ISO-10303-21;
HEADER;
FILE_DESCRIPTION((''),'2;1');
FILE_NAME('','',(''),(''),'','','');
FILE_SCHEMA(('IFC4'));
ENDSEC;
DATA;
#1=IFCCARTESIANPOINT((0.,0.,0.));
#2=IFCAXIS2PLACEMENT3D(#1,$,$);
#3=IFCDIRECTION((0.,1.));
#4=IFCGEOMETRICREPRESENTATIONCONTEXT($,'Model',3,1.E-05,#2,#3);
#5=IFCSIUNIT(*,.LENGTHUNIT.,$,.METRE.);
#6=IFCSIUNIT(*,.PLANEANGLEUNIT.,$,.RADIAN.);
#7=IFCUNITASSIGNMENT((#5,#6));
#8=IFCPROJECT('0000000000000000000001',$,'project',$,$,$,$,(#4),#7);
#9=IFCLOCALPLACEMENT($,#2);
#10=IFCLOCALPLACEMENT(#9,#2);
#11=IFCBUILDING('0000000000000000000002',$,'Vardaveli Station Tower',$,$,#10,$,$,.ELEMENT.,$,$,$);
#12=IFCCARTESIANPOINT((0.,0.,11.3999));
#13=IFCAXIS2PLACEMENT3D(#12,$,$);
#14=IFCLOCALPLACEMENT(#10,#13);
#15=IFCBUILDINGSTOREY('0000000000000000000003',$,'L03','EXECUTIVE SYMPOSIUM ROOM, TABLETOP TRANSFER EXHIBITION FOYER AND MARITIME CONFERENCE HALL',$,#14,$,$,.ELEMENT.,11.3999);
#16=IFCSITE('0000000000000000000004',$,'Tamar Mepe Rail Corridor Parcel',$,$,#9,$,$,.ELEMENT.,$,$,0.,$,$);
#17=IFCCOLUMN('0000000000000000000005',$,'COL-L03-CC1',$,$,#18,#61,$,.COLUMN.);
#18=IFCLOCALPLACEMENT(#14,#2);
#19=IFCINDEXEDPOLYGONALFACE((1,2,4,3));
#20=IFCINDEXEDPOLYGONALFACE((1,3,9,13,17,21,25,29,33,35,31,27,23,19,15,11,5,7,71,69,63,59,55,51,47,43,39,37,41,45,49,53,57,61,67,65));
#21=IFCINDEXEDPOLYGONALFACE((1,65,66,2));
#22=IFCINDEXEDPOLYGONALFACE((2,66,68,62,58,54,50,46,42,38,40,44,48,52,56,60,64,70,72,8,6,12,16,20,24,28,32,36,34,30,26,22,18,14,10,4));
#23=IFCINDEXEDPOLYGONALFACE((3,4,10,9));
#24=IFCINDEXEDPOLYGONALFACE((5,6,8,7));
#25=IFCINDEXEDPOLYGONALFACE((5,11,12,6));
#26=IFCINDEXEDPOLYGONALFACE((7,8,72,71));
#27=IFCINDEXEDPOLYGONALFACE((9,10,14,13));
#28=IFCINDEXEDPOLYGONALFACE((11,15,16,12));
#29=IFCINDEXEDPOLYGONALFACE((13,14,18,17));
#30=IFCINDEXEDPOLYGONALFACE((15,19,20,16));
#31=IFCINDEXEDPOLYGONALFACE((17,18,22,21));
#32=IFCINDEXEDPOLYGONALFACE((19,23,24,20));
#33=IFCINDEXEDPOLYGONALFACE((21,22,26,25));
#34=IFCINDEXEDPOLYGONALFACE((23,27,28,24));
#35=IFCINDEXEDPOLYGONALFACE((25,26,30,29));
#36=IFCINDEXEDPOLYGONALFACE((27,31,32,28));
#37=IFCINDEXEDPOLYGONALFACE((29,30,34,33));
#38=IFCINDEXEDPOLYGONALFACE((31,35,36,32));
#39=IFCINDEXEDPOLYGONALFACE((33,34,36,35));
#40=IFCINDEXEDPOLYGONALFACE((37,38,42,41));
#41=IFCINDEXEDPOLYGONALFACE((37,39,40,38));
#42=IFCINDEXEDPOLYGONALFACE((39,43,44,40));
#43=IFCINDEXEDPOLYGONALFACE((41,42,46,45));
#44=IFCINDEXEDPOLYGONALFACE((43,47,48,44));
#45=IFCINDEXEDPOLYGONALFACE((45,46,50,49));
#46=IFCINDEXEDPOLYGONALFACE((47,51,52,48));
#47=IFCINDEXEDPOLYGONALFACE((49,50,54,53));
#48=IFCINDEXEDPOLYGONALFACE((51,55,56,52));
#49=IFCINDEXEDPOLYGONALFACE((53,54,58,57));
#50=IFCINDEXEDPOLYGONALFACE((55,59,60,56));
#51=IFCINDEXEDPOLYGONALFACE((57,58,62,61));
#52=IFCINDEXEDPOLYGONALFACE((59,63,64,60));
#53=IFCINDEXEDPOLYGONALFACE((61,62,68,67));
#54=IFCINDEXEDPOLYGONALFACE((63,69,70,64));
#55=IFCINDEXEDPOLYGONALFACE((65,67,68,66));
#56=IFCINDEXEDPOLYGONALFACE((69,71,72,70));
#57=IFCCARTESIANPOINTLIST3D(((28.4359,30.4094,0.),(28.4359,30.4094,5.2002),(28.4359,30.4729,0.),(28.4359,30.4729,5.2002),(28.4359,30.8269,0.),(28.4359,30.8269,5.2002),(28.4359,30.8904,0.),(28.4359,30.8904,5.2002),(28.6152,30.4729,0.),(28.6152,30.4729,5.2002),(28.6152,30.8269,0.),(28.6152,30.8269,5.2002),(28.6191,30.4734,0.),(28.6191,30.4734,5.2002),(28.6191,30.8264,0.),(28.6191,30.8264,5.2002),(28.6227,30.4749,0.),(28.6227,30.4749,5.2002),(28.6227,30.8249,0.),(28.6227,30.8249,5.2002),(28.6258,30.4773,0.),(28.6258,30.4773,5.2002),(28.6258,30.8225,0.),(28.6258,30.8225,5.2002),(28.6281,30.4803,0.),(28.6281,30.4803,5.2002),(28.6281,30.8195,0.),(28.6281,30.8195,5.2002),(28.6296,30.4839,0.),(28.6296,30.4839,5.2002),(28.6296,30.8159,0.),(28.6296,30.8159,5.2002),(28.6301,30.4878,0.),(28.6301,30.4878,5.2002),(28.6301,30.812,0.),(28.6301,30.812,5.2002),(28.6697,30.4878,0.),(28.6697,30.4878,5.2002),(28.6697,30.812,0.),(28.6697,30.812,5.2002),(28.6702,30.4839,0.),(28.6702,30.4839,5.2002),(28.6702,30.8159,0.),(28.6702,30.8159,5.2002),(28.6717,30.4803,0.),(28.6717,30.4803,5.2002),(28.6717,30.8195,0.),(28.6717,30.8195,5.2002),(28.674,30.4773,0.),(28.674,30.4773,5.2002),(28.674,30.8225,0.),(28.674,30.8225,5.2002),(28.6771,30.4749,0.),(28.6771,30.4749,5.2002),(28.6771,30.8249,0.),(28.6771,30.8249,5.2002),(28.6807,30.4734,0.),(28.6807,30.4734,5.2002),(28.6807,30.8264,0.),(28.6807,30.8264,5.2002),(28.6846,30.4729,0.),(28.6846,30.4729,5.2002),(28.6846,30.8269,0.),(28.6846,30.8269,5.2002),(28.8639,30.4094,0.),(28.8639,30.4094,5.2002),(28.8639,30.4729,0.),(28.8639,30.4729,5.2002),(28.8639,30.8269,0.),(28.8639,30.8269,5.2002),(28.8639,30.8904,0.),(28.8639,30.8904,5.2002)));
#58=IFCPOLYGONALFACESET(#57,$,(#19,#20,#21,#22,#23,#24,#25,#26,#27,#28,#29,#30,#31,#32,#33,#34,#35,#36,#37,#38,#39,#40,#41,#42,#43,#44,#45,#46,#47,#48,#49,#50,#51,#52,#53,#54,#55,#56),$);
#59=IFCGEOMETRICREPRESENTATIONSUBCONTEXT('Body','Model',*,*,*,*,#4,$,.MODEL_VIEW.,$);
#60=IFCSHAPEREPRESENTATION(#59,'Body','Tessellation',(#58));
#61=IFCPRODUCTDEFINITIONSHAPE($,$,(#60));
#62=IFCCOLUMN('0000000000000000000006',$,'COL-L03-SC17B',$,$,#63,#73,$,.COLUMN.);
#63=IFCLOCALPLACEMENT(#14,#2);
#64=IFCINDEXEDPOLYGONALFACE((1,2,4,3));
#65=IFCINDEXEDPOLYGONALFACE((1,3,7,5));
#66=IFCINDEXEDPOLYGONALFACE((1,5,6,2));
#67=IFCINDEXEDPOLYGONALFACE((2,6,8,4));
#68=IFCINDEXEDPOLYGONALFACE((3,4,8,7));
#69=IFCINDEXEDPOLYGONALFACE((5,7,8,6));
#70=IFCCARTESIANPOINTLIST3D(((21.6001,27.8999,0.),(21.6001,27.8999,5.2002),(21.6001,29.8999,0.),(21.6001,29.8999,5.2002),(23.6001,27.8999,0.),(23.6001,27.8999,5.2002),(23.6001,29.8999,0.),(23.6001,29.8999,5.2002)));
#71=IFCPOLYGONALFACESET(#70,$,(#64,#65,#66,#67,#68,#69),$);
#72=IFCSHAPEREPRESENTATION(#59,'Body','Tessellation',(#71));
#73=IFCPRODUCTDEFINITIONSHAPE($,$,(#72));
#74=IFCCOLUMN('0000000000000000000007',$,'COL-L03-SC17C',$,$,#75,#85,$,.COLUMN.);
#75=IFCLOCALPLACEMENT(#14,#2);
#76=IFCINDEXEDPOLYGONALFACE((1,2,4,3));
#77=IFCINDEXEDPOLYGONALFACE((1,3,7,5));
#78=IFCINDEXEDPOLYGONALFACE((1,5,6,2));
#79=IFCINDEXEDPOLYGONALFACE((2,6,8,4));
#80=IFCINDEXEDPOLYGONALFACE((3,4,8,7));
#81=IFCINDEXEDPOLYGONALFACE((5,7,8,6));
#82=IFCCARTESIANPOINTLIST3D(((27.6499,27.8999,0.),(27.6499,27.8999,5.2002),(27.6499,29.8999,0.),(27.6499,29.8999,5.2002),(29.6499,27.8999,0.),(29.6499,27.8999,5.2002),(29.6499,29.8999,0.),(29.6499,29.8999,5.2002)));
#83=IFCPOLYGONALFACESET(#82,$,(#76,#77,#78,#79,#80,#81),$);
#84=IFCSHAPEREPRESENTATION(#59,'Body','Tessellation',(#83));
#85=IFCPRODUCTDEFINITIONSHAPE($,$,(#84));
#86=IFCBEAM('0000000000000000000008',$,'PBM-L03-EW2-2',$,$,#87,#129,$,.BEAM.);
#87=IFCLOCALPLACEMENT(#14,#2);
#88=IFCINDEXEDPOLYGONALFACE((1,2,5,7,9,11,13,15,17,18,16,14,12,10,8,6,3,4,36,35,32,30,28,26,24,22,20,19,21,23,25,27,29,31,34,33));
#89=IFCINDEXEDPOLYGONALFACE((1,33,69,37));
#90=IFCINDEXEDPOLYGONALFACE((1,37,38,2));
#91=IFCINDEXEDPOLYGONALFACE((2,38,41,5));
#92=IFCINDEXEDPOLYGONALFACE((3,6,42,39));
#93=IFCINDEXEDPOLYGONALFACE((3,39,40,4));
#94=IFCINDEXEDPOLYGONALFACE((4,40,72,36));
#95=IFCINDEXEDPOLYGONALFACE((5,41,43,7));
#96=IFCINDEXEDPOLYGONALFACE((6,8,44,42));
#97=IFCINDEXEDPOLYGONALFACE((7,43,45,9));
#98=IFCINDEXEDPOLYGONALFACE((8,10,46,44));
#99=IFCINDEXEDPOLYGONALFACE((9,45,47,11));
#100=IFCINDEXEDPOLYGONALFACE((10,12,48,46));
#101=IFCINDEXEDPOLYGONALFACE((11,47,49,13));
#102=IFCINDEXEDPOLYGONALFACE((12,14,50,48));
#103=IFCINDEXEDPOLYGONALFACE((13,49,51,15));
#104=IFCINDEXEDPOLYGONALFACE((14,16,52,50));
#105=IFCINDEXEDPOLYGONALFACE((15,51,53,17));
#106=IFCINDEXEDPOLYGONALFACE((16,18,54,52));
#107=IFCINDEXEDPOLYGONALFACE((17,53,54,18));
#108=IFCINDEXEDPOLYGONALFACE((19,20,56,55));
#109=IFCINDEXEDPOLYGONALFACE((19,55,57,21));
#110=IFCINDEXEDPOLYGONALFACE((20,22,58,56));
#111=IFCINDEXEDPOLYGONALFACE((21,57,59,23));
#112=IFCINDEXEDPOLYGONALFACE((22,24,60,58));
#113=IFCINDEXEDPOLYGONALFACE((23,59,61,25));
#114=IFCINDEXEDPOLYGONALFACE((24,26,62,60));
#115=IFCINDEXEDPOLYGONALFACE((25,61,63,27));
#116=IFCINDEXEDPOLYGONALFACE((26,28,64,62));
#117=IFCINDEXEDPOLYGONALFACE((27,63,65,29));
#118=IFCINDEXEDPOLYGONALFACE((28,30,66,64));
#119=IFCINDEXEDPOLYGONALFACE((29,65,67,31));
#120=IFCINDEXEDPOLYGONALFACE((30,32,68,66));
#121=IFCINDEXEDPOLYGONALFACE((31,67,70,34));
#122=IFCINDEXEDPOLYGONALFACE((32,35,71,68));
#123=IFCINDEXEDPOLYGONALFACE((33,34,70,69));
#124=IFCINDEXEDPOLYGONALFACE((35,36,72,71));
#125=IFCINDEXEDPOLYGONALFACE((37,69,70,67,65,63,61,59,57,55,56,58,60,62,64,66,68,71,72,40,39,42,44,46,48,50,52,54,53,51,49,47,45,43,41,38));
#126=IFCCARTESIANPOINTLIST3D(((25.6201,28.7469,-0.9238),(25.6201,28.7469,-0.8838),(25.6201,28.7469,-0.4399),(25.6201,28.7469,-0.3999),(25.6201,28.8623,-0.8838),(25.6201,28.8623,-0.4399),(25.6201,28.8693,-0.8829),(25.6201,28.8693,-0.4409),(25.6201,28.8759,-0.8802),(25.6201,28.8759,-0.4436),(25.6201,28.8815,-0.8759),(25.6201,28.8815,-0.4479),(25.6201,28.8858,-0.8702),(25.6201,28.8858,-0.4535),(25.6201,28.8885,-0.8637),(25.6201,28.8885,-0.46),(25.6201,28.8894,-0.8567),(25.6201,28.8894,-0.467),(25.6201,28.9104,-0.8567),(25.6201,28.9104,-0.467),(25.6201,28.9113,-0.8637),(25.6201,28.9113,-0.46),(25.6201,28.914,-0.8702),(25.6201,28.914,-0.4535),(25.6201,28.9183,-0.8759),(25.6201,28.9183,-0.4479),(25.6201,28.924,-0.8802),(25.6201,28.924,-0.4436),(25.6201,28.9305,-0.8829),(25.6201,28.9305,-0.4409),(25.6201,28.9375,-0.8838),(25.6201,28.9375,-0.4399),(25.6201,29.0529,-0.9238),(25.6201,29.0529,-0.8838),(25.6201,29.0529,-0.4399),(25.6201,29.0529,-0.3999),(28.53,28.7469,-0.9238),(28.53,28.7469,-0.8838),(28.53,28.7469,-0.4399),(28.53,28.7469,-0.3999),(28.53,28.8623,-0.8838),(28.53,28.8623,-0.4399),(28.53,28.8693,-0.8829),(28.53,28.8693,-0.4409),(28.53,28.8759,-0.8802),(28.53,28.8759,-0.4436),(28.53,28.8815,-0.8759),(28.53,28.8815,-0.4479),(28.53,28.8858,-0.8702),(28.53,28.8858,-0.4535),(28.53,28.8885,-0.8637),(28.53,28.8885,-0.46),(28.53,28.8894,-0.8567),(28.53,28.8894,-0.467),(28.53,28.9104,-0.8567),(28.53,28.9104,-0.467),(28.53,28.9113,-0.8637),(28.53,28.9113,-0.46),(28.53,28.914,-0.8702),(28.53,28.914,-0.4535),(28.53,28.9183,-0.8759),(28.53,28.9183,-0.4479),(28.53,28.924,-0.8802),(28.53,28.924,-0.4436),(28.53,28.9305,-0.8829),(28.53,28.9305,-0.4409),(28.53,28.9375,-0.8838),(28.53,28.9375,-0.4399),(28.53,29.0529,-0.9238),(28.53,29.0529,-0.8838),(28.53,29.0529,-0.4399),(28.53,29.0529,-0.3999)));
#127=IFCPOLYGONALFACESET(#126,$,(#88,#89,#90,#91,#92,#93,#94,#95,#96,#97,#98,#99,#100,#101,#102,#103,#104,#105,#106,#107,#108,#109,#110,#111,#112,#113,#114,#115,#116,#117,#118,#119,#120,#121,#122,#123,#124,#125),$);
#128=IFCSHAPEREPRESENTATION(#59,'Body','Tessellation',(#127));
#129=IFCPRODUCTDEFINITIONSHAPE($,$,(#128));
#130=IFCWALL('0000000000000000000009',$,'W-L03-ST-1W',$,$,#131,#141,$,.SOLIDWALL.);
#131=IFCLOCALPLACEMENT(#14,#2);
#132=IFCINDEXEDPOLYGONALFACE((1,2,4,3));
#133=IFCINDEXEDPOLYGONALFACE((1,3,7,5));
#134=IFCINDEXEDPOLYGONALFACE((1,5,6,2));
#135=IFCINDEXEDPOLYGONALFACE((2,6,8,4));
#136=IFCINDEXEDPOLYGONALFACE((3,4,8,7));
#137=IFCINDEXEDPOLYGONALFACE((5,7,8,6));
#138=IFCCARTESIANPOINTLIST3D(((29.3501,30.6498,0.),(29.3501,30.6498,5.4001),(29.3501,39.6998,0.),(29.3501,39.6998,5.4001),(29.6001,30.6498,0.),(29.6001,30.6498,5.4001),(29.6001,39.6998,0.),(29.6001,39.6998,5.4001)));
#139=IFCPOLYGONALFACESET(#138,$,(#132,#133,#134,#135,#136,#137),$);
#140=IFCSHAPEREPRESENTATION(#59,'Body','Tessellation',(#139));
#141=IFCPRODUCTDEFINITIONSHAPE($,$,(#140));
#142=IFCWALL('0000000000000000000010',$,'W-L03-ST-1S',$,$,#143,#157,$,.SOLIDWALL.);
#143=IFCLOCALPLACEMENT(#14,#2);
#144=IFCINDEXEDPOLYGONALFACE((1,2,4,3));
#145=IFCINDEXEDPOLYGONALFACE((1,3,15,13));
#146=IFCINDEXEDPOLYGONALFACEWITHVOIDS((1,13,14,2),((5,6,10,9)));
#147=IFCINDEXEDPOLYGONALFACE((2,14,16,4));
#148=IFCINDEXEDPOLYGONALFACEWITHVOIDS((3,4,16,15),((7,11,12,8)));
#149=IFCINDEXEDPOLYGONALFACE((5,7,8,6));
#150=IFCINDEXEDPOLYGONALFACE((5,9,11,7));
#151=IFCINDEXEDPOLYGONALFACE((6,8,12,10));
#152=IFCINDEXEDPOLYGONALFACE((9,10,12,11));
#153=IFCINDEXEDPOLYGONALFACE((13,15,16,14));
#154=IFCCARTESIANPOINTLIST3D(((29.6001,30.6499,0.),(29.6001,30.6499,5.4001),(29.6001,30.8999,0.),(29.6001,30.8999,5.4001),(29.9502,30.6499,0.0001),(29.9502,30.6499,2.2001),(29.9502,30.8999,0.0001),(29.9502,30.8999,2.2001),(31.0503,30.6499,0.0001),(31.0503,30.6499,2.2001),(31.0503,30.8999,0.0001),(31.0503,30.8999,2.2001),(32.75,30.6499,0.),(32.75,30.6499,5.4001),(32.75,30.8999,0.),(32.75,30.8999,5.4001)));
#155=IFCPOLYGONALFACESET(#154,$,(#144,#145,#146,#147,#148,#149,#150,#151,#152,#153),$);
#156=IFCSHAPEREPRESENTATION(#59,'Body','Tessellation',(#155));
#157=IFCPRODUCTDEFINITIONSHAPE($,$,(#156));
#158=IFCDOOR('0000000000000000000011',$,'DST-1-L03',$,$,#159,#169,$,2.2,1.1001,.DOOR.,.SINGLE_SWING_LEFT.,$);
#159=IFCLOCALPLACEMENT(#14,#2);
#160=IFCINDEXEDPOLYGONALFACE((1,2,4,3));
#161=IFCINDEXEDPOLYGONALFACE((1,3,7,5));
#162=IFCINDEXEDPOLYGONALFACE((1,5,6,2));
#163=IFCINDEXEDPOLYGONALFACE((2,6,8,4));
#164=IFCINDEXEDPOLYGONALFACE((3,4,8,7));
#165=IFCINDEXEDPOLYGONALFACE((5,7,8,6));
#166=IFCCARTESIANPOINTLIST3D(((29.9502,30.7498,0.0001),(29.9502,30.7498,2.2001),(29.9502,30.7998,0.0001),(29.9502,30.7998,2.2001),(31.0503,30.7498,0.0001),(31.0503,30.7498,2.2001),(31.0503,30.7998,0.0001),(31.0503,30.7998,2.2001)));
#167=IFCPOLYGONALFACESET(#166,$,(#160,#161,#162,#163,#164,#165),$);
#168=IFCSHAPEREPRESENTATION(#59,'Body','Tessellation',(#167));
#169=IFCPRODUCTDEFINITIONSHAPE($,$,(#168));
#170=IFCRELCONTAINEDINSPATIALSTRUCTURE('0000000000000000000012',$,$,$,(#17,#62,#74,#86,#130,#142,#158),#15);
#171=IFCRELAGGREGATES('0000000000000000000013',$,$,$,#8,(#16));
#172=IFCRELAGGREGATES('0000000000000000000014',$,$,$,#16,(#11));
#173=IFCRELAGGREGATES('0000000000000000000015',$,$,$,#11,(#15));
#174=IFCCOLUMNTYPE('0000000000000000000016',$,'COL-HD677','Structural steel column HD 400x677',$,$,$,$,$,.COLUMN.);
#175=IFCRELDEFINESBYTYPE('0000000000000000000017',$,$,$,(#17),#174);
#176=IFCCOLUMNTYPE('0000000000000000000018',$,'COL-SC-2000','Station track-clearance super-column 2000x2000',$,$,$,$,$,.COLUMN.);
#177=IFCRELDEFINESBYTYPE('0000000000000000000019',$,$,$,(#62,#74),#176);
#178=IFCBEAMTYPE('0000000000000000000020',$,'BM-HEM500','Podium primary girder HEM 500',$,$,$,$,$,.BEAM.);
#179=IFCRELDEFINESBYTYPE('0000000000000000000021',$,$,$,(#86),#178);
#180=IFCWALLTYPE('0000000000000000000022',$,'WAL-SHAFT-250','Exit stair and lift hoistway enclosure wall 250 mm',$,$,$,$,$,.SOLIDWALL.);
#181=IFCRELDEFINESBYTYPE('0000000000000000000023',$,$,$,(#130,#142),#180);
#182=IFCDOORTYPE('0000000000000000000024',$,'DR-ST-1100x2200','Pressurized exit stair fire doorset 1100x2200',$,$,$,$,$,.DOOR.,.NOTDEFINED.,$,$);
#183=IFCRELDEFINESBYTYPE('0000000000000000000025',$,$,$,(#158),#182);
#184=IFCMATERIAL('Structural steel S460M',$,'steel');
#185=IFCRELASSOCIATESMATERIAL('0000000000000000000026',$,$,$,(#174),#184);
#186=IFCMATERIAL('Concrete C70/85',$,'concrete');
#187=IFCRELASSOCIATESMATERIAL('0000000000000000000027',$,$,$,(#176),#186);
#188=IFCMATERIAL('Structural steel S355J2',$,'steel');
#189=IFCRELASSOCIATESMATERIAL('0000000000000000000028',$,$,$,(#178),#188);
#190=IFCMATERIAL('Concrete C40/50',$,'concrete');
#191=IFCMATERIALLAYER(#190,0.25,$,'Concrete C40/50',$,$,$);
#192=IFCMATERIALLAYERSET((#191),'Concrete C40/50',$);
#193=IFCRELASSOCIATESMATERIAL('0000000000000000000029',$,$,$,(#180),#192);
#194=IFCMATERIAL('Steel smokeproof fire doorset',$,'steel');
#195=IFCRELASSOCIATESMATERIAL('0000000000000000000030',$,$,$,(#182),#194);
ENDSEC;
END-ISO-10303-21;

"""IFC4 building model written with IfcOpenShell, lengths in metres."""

from ifc_helpers import new_model, si_unit, direction, frame, frame_2d, origin, origin_2d, place, context, subcontext, project, spatial, rectangle, i_section, extrude, source, transform, mapped, material, layer, layer_set, material_profile, profile_set, type_object, element, fill, save


model = new_model("IFC4")

# Units and contexts
model_context = context("Model", 3, precision=1e-05, world=origin(), true_north=direction((0.0, 1.0)))
body_context = subcontext(model_context, "Body", "Model", "MODEL_VIEW")
ifc_project = project(units=[si_unit("LENGTHUNIT", "METRE"), si_unit("PLANEANGLEUNIT", "RADIAN")], contexts=[model_context])

# Site, building, storey
site_placement = place(None, origin())
site = spatial("IfcSite", under=ifc_project, at=site_placement, Name="Tamar Mepe Rail Corridor Parcel", CompositionType="ELEMENT", RefElevation=0.0)
building_placement = place(site_placement, origin())
building = spatial("IfcBuilding", under=site, at=building_placement, Name="Vardaveli Station Tower", CompositionType="ELEMENT")
storey_placement = place(building_placement, frame((0.0, 0.0, 11.3999)))
storey = spatial("IfcBuildingStorey", under=building, at=storey_placement, Name="L03", Description="EXECUTIVE SYMPOSIUM ROOM, TABLETOP TRANSFER EXHIBITION FOYER AND MARITIME CONFERENCE HALL", CompositionType="ELEMENT", Elevation=11.3999)

# Columns
ifc_material_1 = material(Name="Structural steel S460M", Category="steel")
ifc_material_profile_1 = material_profile(ifc_material_1, i_section(OverallWidth=0.428, OverallDepth=0.481, WebThickness=0.0396, FlangeThickness=0.0635, FilletRadius=0.0149, at=origin_2d()), Name="HD 400x677")
ifc_profile_set_1 = profile_set([ifc_material_profile_1], Name="Structural steel S460M")
column_type_1 = type_object("IfcColumnType", Name="COL-HD677", Description="Structural steel column HD 400x677", PredefinedType="COLUMN", material=ifc_profile_set_1)
shared_shape_1 = source(origin(), body_context, "Body", "SweptSolid", [
    extrude(i_section(OverallWidth=0.428, OverallDepth=0.481, WebThickness=0.0396, FlangeThickness=0.0635, FilletRadius=0.0149, at=origin_2d()), origin(), (0.0, 0.0, 1.0), 5.2002),
])
column_placement = place(storey_placement, frame((28.6499, 30.6499, 0.0), z_axis=(0.0, 0.0, 1.0), x_axis=(1.0, 0.0, 0.0)))
element("IfcColumn", 1, at=column_placement, inside=storey, type_object=column_type_1, Name="COL-L03-CC1", PredefinedType="COLUMN", context=body_context, shape_type="MappedRepresentation", body=[
    mapped(shared_shape_1, transform((0.0, 0.0, 0.0), scale=1.0)),
])
ifc_material_2 = material(Name="Concrete C70/85", Category="concrete")
ifc_material_profile_2 = material_profile(ifc_material_2, rectangle(XDim=2.0, YDim=2.0, at=origin_2d()), Name="SC 2000x2000")
ifc_profile_set_2 = profile_set([ifc_material_profile_2], Name="Concrete C70/85")
column_type_2 = type_object("IfcColumnType", Name="COL-SC-2000", Description="Station track-clearance super-column 2000x2000", PredefinedType="COLUMN", material=ifc_profile_set_2)
shared_shape_2 = source(origin(), body_context, "Body", "SweptSolid", [
    extrude(rectangle(XDim=2.0, YDim=2.0, at=origin_2d()), origin(), (0.0, 0.0, 1.0), 5.2002),
])
for number, where, z_axis, x_axis, name in (
    (2, (22.6001, 28.8999, 0.0), (0.0, 0.0, 1.0), (1.0, 0.0, 0.0), "COL-L03-SC17B"),
    (3, (28.6499, 28.8999, 0.0), (0.0, 0.0, 1.0), (1.0, 0.0, 0.0), "COL-L03-SC17C"),
):
    element("IfcColumn", number, at=place(storey_placement, frame(where, z_axis=z_axis, x_axis=x_axis)), inside=storey, type_object=column_type_2, Name=name, PredefinedType="COLUMN", context=body_context, shape_type="MappedRepresentation", body=[
        mapped(shared_shape_2, transform((0.0, 0.0, 0.0), scale=1.0)),
    ])

# Beam
ifc_material_3 = material(Name="Structural steel S355J2", Category="steel")
ifc_material_profile_3 = material_profile(ifc_material_3, i_section(OverallWidth=0.3059, OverallDepth=0.5239, WebThickness=0.021, FlangeThickness=0.04, FilletRadius=0.0271, at=origin_2d()), Name="HEM 500")
ifc_profile_set_3 = profile_set([ifc_material_profile_3], Name="Structural steel S355J2")
beam_type = type_object("IfcBeamType", Name="BM-HEM500", Description="Podium primary girder HEM 500", PredefinedType="BEAM", material=ifc_profile_set_3)
shared_shape_3 = source(origin(), body_context, "Body", "SweptSolid", [
    extrude(i_section(OverallWidth=0.3059, OverallDepth=0.5239, WebThickness=0.021, FlangeThickness=0.04, FilletRadius=0.0271, at=origin_2d()), origin(), (0.0, 0.0, 1.0), 2.9099),
])
beam_placement = place(storey_placement, frame((25.6201, 28.8999, -0.6619), z_axis=(1.0, 0.0, 0.0), x_axis=(0.0, 1.0, 0.0)))
element("IfcBeam", 4, at=beam_placement, inside=storey, type_object=beam_type, Name="PBM-L03-EW2-2", PredefinedType="BEAM", context=body_context, shape_type="MappedRepresentation", body=[
    mapped(shared_shape_3, transform((0.0, 0.0, 0.0), scale=1.0)),
])

# Wall
ifc_material_4 = material(Name="Concrete C40/50", Category="concrete")
ifc_layer_1 = layer(ifc_material_4, 0.25, Name="Concrete C40/50")
ifc_layer_set_1 = layer_set([ifc_layer_1], Name="Concrete C40/50")
wall_type_1 = type_object("IfcWallType", Name="WAL-SHAFT-250", Description="Exit stair and lift hoistway enclosure wall 250 mm", PredefinedType="SOLIDWALL", material=ifc_layer_set_1)
shared_shape_4 = source(origin(), body_context, "Body", "SweptSolid", [
    extrude(rectangle(XDim=9.05, YDim=0.25, at=frame_2d((4.5249, 0.0))), origin(), (0.0, 0.0, 1.0), 5.4001),
])
wall_1_placement = place(storey_placement, frame((29.4751, 30.6499, 0.0), z_axis=(0.0, 0.0, 1.0), x_axis=(0.0, 1.0, 0.0)))
element("IfcWall", 5, at=wall_1_placement, inside=storey, type_object=wall_type_1, Name="W-L03-ST-1W", PredefinedType="SOLIDWALL", context=body_context, shape_type="MappedRepresentation", body=[
    mapped(shared_shape_4, transform((0.0, 0.0, 0.0), scale=1.0)),
])

# Wall, opening, door
shared_shape_5 = source(origin(), body_context, "Body", "SweptSolid", [
    extrude(rectangle(XDim=3.1499, YDim=0.25, at=frame_2d((1.575, 0.0))), origin(), (0.0, 0.0, 1.0), 5.4001),
])
wall_2_placement = place(storey_placement, frame((29.6001, 30.7749, 0.0), z_axis=(0.0, 0.0, 1.0), x_axis=(1.0, 0.0, 0.0)))
wall_2 = element("IfcWall", 6, at=wall_2_placement, inside=storey, type_object=wall_type_1, Name="W-L03-ST-1S", PredefinedType="SOLIDWALL", context=body_context, shape_type="MappedRepresentation", body=[
    mapped(shared_shape_5, transform((0.0, 0.0, 0.0), scale=1.0)),
])
shared_shape_6 = source(origin(), body_context, "Body", "SweptSolid", [
    extrude(rectangle(XDim=1.1001, YDim=2.2, at=frame_2d((0.55, 1.1001))), frame((0.0, 0.135, 0.0), z_axis=(0.0, -1.0, 0.0), x_axis=(1.0, 0.0, 0.0)), (0.0, 0.0, 1.0), 0.27),
])
opening_placement = place(wall_2_placement, frame((0.3501, 0.0, 0.0)))
opening = element("IfcOpeningElement", 7, at=opening_placement, cuts=wall_2, PredefinedType="OPENING", context=body_context, shape_type="MappedRepresentation", body=[
    mapped(shared_shape_6, transform((0.0, 0.0, 0.0), scale=1.0)),
])
ifc_material_5 = material(Name="Steel smokeproof fire doorset", Category="steel")
door_type = type_object("IfcDoorType", Name="DR-ST-1100x2200", Description="Pressurized exit stair fire doorset 1100x2200", OperationType="NOTDEFINED", PredefinedType="DOOR", material=ifc_material_5)
shared_shape_7 = source(origin(), body_context, "Body", "SweptSolid", [
    extrude(rectangle(XDim=1.1001, YDim=2.2, at=frame_2d((0.55, 1.1001))), frame((0.0, 0.0249, 0.0), z_axis=(0.0, -1.0, 0.0), x_axis=(1.0, 0.0, 0.0)), (0.0, 0.0, 1.0), 0.05),
])
door_placement = place(opening_placement, origin())
door = element("IfcDoor", 8, at=door_placement, inside=storey, type_object=door_type, Name="DST-1-L03", OperationType="SINGLE_SWING_LEFT", OverallHeight=2.2, OverallWidth=1.1001, PredefinedType="DOOR", context=body_context, shape_type="MappedRepresentation", body=[
    mapped(shared_shape_7, transform((0.0, 0.0, 0.0), scale=1.0)),
])
fill(opening, door)

save(model, "model.ifc")
